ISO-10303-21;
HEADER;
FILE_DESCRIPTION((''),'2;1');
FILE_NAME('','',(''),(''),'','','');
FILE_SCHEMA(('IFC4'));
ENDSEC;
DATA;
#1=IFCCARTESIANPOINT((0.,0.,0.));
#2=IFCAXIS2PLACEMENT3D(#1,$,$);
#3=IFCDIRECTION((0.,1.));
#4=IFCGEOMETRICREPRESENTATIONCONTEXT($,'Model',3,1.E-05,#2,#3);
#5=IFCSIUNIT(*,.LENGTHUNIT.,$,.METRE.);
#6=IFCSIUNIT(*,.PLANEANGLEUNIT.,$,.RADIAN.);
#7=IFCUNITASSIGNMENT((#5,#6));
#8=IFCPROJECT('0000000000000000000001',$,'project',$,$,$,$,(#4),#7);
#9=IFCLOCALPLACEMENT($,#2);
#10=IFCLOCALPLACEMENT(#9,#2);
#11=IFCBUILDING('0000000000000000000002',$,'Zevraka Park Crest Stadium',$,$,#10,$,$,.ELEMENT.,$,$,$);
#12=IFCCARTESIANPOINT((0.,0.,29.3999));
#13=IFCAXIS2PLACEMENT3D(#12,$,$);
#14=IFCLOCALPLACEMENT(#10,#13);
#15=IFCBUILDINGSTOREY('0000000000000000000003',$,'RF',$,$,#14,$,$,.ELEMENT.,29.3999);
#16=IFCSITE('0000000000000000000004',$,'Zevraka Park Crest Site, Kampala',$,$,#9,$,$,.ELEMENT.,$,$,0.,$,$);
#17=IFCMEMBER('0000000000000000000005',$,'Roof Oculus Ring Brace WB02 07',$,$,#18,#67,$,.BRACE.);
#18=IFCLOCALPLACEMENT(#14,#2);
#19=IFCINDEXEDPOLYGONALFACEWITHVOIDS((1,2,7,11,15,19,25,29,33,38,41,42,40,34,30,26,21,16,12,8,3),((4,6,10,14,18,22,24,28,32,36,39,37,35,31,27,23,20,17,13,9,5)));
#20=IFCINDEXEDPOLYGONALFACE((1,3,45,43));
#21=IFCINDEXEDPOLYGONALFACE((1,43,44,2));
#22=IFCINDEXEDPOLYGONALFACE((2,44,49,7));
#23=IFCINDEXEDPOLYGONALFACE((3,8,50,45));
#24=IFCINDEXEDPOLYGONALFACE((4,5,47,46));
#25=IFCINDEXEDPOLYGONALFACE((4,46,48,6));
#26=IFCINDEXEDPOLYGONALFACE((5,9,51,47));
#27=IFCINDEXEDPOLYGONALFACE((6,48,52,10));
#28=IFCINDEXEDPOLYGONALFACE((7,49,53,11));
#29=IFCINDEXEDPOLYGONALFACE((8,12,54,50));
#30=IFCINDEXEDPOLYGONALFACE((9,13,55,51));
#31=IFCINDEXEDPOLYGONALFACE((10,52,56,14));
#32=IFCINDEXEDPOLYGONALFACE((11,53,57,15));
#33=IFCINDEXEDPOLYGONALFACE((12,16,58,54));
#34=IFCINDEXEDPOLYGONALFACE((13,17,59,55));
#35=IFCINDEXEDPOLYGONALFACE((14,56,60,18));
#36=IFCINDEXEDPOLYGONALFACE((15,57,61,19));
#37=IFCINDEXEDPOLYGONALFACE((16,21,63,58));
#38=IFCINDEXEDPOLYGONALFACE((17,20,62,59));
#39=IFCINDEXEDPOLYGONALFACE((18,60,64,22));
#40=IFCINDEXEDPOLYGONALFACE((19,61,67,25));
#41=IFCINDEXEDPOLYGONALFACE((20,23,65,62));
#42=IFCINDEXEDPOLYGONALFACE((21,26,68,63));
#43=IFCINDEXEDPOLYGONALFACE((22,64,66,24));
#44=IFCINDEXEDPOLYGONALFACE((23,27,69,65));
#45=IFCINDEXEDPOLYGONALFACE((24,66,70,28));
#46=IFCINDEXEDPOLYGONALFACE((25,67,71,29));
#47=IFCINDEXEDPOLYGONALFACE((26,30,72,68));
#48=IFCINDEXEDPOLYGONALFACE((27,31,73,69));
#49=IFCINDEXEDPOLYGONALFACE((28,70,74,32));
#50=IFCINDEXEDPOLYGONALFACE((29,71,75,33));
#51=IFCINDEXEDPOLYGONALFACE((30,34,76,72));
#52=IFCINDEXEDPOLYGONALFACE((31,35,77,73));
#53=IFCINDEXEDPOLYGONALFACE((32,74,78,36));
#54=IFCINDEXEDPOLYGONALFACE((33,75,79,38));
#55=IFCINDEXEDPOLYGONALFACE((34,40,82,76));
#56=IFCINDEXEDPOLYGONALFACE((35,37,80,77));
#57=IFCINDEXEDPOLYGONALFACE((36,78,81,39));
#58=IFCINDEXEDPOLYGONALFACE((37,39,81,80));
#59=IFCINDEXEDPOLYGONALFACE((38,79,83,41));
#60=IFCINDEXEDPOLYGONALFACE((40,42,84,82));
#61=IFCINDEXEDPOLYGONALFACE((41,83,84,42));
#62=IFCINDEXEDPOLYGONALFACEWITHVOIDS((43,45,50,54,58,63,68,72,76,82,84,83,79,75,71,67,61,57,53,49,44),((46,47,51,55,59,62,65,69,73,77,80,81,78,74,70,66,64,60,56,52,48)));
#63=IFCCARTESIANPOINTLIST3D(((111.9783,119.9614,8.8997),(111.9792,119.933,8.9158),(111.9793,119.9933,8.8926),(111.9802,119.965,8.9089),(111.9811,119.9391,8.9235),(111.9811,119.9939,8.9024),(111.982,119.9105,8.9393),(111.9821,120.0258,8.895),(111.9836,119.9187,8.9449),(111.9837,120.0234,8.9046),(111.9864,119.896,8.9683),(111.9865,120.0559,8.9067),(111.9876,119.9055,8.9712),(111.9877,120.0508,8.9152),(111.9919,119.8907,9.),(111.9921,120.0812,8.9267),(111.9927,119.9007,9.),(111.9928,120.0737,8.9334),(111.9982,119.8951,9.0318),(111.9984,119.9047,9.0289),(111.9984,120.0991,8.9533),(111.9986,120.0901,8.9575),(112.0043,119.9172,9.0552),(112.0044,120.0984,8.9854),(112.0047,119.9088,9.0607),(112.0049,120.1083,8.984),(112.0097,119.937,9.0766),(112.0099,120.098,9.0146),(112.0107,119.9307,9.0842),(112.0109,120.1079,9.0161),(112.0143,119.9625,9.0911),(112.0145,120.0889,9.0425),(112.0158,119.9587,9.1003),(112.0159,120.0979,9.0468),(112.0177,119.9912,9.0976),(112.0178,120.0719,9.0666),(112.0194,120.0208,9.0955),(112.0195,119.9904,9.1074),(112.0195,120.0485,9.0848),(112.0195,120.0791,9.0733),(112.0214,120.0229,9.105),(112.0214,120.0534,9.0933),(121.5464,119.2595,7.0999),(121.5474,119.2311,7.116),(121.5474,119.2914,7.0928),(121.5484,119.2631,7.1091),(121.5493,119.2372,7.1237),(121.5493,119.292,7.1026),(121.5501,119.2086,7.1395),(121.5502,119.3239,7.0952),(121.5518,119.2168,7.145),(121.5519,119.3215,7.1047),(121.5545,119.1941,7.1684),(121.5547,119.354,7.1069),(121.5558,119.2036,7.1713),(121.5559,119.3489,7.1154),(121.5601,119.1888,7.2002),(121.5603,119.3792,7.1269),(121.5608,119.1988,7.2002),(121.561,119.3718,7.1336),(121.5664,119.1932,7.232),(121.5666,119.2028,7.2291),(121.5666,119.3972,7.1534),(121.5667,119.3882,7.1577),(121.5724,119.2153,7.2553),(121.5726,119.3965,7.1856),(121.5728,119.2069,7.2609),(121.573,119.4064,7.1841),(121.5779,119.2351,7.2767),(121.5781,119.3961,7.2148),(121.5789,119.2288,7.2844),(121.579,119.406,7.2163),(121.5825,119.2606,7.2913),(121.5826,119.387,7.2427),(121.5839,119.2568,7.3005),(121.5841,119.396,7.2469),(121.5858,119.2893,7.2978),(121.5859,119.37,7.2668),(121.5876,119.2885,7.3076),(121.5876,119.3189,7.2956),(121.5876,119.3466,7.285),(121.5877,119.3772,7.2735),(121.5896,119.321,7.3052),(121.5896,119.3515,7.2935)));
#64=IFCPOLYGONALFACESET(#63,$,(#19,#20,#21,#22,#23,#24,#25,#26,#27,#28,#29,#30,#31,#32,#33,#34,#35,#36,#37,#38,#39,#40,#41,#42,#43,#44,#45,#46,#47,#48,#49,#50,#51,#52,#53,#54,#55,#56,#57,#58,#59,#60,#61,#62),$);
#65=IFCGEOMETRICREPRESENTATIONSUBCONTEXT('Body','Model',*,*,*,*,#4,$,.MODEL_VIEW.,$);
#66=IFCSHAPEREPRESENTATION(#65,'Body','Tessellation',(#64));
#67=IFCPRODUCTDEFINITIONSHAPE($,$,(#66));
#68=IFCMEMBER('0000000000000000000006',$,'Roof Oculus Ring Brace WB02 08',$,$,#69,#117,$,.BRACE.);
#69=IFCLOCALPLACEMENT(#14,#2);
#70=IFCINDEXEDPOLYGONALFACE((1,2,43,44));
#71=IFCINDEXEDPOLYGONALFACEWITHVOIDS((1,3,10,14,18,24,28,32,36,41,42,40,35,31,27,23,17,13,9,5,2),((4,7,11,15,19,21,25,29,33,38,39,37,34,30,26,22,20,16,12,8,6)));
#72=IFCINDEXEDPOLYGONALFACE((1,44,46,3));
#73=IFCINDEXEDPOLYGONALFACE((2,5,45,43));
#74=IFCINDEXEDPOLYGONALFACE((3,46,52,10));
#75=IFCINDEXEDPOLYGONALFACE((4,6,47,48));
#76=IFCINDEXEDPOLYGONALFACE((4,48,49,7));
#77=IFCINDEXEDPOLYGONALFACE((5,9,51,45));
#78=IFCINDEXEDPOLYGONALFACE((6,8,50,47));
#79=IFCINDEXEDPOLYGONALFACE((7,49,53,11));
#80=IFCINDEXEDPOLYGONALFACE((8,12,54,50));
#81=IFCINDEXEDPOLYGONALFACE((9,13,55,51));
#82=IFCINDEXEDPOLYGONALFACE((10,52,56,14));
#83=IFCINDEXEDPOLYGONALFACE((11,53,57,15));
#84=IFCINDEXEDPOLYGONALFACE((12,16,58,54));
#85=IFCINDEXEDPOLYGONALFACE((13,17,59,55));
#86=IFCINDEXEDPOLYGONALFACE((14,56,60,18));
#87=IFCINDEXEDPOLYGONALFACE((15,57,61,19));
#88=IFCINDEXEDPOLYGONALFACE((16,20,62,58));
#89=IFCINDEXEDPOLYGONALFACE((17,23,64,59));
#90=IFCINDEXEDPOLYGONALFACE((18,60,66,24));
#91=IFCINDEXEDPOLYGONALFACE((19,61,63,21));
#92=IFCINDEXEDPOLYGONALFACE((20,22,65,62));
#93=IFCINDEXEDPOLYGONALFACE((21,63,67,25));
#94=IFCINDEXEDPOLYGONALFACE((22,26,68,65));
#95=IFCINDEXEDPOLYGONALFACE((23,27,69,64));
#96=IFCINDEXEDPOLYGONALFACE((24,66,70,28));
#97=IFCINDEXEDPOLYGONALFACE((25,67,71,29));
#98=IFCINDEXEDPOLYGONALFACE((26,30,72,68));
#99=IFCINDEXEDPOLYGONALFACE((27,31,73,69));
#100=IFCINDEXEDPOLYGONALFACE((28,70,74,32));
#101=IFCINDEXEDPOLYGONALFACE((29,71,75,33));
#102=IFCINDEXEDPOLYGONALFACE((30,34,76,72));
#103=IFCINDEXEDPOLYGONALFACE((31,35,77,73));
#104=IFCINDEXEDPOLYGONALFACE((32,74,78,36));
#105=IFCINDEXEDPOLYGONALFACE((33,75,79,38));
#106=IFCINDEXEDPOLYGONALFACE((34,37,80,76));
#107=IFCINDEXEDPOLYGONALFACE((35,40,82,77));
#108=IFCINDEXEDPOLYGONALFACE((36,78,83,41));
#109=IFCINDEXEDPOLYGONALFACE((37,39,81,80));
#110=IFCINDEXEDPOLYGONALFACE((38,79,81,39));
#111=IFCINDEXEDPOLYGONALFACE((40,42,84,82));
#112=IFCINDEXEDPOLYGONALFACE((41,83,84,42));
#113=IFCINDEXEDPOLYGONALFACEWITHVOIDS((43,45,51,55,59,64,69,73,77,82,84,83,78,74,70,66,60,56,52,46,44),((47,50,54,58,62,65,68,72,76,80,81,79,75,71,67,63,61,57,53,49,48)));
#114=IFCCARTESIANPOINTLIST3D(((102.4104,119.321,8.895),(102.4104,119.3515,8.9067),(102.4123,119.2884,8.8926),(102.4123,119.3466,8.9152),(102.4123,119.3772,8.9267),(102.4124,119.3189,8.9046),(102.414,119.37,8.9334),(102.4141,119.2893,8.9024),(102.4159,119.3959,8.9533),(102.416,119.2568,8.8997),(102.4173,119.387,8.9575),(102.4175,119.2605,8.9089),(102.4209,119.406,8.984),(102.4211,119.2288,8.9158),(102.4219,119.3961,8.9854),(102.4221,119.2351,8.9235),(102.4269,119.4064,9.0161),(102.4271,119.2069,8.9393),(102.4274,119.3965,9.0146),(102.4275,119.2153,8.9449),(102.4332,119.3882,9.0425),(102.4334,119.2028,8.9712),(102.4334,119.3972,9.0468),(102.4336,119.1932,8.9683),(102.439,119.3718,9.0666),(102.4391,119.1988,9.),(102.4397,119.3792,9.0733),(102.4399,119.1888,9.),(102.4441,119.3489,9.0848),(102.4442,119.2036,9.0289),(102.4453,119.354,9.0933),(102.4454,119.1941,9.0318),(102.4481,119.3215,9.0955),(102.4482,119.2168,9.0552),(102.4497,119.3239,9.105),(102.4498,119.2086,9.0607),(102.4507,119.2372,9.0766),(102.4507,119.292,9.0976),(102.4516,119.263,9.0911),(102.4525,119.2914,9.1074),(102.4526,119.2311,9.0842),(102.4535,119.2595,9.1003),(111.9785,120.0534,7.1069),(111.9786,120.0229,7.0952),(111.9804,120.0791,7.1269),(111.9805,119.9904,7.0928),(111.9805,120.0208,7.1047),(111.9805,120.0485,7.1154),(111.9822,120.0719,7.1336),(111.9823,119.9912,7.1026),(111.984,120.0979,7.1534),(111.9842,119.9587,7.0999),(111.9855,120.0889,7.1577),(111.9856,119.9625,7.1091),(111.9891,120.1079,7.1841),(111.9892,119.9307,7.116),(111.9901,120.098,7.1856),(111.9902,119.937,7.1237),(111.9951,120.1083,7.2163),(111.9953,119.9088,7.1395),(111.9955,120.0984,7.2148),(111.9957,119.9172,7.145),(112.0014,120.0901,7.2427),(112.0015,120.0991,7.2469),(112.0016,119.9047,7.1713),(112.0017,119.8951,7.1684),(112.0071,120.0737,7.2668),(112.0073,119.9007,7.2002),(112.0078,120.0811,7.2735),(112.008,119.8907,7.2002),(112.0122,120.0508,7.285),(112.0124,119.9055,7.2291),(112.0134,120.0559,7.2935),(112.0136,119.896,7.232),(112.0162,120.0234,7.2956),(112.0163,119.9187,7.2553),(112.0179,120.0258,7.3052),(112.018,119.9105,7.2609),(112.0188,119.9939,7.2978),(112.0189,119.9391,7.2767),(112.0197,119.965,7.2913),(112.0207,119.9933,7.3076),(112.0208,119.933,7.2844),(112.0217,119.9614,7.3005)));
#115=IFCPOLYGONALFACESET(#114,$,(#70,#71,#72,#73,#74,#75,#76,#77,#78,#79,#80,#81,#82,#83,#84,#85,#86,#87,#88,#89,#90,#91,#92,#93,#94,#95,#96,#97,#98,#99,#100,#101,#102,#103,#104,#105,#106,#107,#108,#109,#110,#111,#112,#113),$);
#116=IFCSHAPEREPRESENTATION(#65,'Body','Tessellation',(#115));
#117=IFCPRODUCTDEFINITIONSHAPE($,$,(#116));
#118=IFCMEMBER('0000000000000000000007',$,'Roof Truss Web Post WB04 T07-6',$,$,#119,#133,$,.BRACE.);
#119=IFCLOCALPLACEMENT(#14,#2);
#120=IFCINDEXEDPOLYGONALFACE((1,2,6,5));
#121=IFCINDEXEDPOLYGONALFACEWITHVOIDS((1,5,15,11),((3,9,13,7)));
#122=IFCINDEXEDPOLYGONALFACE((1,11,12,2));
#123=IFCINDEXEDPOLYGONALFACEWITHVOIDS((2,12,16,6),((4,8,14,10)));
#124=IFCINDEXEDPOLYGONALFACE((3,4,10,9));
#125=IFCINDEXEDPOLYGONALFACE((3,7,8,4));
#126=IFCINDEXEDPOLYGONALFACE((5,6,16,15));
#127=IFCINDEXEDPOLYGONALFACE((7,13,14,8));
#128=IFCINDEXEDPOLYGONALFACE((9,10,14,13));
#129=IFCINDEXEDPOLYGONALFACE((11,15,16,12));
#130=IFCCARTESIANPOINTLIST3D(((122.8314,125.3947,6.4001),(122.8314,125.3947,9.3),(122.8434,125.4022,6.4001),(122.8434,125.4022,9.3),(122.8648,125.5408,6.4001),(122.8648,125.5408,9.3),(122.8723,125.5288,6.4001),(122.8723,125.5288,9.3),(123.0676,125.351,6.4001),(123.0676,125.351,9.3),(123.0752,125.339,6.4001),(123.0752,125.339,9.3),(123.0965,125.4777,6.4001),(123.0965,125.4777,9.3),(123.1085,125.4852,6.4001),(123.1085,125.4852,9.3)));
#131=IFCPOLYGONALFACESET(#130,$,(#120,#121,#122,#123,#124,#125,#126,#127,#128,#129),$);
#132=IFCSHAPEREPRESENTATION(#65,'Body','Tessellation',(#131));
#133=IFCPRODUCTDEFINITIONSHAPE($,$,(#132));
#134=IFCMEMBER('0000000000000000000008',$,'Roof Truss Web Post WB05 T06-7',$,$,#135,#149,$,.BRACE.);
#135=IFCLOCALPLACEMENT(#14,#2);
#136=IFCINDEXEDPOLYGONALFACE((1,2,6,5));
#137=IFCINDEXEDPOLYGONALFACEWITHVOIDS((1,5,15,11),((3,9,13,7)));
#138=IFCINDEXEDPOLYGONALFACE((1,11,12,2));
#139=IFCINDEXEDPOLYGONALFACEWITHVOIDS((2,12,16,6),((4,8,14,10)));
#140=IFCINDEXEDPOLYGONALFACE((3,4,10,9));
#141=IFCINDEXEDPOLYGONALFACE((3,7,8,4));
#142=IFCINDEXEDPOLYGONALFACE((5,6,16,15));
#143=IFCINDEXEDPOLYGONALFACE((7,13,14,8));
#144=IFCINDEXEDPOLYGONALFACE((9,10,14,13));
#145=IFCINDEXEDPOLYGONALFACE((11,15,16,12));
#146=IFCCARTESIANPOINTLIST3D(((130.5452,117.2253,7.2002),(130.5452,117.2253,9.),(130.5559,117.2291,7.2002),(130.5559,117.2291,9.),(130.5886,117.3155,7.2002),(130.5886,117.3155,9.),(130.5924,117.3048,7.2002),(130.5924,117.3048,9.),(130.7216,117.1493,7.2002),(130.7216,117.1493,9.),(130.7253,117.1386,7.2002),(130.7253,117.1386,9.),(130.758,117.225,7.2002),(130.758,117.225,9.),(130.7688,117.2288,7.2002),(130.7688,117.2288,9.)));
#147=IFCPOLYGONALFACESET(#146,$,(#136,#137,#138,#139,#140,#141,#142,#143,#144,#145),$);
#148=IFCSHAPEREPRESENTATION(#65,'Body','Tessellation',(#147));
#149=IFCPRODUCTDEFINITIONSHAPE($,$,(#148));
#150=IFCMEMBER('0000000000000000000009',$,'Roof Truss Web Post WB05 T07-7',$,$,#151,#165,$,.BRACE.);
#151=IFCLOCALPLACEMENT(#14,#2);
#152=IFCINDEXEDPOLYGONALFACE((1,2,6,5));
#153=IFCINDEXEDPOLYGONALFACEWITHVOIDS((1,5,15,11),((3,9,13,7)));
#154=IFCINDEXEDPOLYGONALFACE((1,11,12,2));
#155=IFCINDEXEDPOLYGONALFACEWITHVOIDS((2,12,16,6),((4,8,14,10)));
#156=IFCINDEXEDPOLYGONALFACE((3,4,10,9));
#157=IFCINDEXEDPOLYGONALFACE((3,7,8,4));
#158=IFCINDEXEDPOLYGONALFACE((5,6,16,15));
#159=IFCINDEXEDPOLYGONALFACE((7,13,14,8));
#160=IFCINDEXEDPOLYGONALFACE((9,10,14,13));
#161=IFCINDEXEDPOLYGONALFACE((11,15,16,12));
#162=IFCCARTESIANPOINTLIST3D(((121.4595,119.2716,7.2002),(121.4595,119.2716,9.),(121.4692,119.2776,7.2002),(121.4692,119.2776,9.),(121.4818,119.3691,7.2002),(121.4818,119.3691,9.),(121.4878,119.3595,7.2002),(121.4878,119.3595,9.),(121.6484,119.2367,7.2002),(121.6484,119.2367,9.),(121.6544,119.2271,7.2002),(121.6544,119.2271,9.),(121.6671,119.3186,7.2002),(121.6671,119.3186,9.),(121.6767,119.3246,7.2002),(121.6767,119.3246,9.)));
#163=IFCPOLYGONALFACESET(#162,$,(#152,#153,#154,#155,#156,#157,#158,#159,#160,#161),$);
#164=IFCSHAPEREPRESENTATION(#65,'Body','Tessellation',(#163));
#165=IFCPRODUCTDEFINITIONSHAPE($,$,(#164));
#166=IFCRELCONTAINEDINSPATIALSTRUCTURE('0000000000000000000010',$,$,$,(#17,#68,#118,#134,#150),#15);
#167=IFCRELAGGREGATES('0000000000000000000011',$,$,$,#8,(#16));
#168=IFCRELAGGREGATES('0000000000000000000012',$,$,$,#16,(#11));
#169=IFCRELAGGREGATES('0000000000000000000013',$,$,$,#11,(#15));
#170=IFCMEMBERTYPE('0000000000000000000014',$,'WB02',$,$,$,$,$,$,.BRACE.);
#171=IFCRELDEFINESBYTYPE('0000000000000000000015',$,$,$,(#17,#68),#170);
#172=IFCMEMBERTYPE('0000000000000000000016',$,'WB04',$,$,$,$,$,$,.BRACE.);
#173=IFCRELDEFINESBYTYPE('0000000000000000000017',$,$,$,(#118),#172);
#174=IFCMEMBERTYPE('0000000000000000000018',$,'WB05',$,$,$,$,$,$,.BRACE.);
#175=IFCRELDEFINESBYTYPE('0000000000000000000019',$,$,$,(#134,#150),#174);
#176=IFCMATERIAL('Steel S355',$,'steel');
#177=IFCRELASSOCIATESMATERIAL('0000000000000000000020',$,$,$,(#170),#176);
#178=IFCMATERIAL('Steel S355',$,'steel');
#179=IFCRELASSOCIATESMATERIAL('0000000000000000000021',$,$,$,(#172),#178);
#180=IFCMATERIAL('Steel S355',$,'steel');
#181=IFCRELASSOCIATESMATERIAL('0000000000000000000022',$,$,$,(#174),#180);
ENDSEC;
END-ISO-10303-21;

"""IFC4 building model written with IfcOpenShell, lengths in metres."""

from ifc_helpers import new_model, si_unit, direction, frame, origin, origin_2d, place, context, subcontext, project, spatial, hollow_rectangle, hollow_circle, extrude, material, material_profile, profile_set, type_object, element, save


model = new_model("IFC4")

# Units and contexts
model_context = context("Model", 3, precision=1e-05, world=origin(), true_north=direction((0.0, 1.0)))
body_context = subcontext(model_context, "Body", "Model", "MODEL_VIEW")
ifc_project = project(units=[si_unit("LENGTHUNIT", "METRE"), si_unit("PLANEANGLEUNIT", "RADIAN")], contexts=[model_context])

# Site, building, storey
site_placement = place(None, origin())
site = spatial("IfcSite", under=ifc_project, at=site_placement, Name="Zevraka Park Crest Site, Kampala", CompositionType="ELEMENT", RefElevation=0.0)
building_placement = place(site_placement, origin())
building = spatial("IfcBuilding", under=site, at=building_placement, Name="Zevraka Park Crest Stadium", CompositionType="ELEMENT")
storey_placement = place(building_placement, frame((0.0, 0.0, 29.3999)))
storey = spatial("IfcBuildingStorey", under=building, at=storey_placement, Name="RF", CompositionType="ELEMENT", Elevation=29.3999)

# Members
ifc_material_1 = material(Name="Steel S355", Category="steel")
ifc_material_profile_1 = material_profile(ifc_material_1, hollow_circle(Radius=0.1096, WallThickness=0.01, at=origin_2d()), Name="CHS 219.1x10")
ifc_profile_set_1 = profile_set([ifc_material_profile_1], Name="Steel S355")
member_type_1 = type_object("IfcMemberType", Name="WB02", PredefinedType="BRACE", material=ifc_profile_set_1)
for number, where, z_axis, x_axis, name in (
    (1, (121.5681, 119.2981, 7.2002), (-0.98022, 0.071908, 0.184384), (-0.073162, -0.99732, 0.0), "Roof Oculus Ring Brace WB02 07"),
    (2, (112.0, 120.0, 7.2002), (-0.98022, -0.071908, 0.184384), (0.073162, -0.99732, 0.0), "Roof Oculus Ring Brace WB02 08"),
):
    element("IfcMember", number, at=place(storey_placement, frame(where, z_axis=z_axis, x_axis=x_axis)), inside=storey, type_object=member_type_1, Name=name, PredefinedType="BRACE", context=body_context, shape_type="SweptSolid", body=[
        extrude(hollow_circle(Radius=0.1096, WallThickness=0.01, at=origin_2d()), origin(), (0.0, 0.0, 1.0), 9.7612),
    ])
ifc_material_2 = material(Name="Steel S355", Category="steel")
ifc_material_profile_2 = material_profile(ifc_material_2, hollow_rectangle(XDim=0.1499, YDim=0.25, WallThickness=0.01, at=origin_2d()), Name="RHS 250x150x10")
ifc_profile_set_2 = profile_set([ifc_material_profile_2], Name="Steel S355")
member_type_2 = type_object("IfcMemberType", Name="WB04", PredefinedType="BRACE", material=ifc_profile_set_2)
member_1_placement = place(storey_placement, frame((122.97, 125.4399, 6.4001), z_axis=(0.0, 0.0, 1.0), x_axis=(0.22257, 0.974917, 0.0)))
element("IfcMember", 3, at=member_1_placement, inside=storey, type_object=member_type_2, Name="Roof Truss Web Post WB04 T07-6", PredefinedType="BRACE", context=body_context, shape_type="SweptSolid", body=[
    extrude(hollow_rectangle(XDim=0.1499, YDim=0.25, WallThickness=0.01, at=origin_2d()), origin(), (0.0, 0.0, 1.0), 2.8999),
])
ifc_material_3 = material(Name="Steel S355", Category="steel")
ifc_material_profile_3 = material_profile(ifc_material_3, hollow_rectangle(XDim=0.1001, YDim=0.2, WallThickness=0.0081, at=origin_2d()), Name="RHS 200x100x8")
ifc_profile_set_3 = profile_set([ifc_material_profile_3], Name="Steel S355")
member_type_3 = type_object("IfcMemberType", Name="WB05", PredefinedType="BRACE", material=ifc_profile_set_3)
for number, where, z_axis, x_axis, name in (
    (4, (130.657, 117.2271, 7.2002), (0.0, 0.0, 1.0), (0.433816, 0.901001, 0.0), "Roof Truss Web Post WB05 T06-7"),
    (5, (121.5681, 119.2981, 7.2002), (0.0, 0.0, 1.0), (0.22257, 0.974917, 0.0), "Roof Truss Web Post WB05 T07-7"),
):
    element("IfcMember", number, at=place(storey_placement, frame(where, z_axis=z_axis, x_axis=x_axis)), inside=storey, type_object=member_type_3, Name=name, PredefinedType="BRACE", context=body_context, shape_type="SweptSolid", body=[
        extrude(hollow_rectangle(XDim=0.1001, YDim=0.2, WallThickness=0.0081, at=origin_2d()), origin(), (0.0, 0.0, 1.0), 1.7998),
    ])

save(model, "model.ifc")
